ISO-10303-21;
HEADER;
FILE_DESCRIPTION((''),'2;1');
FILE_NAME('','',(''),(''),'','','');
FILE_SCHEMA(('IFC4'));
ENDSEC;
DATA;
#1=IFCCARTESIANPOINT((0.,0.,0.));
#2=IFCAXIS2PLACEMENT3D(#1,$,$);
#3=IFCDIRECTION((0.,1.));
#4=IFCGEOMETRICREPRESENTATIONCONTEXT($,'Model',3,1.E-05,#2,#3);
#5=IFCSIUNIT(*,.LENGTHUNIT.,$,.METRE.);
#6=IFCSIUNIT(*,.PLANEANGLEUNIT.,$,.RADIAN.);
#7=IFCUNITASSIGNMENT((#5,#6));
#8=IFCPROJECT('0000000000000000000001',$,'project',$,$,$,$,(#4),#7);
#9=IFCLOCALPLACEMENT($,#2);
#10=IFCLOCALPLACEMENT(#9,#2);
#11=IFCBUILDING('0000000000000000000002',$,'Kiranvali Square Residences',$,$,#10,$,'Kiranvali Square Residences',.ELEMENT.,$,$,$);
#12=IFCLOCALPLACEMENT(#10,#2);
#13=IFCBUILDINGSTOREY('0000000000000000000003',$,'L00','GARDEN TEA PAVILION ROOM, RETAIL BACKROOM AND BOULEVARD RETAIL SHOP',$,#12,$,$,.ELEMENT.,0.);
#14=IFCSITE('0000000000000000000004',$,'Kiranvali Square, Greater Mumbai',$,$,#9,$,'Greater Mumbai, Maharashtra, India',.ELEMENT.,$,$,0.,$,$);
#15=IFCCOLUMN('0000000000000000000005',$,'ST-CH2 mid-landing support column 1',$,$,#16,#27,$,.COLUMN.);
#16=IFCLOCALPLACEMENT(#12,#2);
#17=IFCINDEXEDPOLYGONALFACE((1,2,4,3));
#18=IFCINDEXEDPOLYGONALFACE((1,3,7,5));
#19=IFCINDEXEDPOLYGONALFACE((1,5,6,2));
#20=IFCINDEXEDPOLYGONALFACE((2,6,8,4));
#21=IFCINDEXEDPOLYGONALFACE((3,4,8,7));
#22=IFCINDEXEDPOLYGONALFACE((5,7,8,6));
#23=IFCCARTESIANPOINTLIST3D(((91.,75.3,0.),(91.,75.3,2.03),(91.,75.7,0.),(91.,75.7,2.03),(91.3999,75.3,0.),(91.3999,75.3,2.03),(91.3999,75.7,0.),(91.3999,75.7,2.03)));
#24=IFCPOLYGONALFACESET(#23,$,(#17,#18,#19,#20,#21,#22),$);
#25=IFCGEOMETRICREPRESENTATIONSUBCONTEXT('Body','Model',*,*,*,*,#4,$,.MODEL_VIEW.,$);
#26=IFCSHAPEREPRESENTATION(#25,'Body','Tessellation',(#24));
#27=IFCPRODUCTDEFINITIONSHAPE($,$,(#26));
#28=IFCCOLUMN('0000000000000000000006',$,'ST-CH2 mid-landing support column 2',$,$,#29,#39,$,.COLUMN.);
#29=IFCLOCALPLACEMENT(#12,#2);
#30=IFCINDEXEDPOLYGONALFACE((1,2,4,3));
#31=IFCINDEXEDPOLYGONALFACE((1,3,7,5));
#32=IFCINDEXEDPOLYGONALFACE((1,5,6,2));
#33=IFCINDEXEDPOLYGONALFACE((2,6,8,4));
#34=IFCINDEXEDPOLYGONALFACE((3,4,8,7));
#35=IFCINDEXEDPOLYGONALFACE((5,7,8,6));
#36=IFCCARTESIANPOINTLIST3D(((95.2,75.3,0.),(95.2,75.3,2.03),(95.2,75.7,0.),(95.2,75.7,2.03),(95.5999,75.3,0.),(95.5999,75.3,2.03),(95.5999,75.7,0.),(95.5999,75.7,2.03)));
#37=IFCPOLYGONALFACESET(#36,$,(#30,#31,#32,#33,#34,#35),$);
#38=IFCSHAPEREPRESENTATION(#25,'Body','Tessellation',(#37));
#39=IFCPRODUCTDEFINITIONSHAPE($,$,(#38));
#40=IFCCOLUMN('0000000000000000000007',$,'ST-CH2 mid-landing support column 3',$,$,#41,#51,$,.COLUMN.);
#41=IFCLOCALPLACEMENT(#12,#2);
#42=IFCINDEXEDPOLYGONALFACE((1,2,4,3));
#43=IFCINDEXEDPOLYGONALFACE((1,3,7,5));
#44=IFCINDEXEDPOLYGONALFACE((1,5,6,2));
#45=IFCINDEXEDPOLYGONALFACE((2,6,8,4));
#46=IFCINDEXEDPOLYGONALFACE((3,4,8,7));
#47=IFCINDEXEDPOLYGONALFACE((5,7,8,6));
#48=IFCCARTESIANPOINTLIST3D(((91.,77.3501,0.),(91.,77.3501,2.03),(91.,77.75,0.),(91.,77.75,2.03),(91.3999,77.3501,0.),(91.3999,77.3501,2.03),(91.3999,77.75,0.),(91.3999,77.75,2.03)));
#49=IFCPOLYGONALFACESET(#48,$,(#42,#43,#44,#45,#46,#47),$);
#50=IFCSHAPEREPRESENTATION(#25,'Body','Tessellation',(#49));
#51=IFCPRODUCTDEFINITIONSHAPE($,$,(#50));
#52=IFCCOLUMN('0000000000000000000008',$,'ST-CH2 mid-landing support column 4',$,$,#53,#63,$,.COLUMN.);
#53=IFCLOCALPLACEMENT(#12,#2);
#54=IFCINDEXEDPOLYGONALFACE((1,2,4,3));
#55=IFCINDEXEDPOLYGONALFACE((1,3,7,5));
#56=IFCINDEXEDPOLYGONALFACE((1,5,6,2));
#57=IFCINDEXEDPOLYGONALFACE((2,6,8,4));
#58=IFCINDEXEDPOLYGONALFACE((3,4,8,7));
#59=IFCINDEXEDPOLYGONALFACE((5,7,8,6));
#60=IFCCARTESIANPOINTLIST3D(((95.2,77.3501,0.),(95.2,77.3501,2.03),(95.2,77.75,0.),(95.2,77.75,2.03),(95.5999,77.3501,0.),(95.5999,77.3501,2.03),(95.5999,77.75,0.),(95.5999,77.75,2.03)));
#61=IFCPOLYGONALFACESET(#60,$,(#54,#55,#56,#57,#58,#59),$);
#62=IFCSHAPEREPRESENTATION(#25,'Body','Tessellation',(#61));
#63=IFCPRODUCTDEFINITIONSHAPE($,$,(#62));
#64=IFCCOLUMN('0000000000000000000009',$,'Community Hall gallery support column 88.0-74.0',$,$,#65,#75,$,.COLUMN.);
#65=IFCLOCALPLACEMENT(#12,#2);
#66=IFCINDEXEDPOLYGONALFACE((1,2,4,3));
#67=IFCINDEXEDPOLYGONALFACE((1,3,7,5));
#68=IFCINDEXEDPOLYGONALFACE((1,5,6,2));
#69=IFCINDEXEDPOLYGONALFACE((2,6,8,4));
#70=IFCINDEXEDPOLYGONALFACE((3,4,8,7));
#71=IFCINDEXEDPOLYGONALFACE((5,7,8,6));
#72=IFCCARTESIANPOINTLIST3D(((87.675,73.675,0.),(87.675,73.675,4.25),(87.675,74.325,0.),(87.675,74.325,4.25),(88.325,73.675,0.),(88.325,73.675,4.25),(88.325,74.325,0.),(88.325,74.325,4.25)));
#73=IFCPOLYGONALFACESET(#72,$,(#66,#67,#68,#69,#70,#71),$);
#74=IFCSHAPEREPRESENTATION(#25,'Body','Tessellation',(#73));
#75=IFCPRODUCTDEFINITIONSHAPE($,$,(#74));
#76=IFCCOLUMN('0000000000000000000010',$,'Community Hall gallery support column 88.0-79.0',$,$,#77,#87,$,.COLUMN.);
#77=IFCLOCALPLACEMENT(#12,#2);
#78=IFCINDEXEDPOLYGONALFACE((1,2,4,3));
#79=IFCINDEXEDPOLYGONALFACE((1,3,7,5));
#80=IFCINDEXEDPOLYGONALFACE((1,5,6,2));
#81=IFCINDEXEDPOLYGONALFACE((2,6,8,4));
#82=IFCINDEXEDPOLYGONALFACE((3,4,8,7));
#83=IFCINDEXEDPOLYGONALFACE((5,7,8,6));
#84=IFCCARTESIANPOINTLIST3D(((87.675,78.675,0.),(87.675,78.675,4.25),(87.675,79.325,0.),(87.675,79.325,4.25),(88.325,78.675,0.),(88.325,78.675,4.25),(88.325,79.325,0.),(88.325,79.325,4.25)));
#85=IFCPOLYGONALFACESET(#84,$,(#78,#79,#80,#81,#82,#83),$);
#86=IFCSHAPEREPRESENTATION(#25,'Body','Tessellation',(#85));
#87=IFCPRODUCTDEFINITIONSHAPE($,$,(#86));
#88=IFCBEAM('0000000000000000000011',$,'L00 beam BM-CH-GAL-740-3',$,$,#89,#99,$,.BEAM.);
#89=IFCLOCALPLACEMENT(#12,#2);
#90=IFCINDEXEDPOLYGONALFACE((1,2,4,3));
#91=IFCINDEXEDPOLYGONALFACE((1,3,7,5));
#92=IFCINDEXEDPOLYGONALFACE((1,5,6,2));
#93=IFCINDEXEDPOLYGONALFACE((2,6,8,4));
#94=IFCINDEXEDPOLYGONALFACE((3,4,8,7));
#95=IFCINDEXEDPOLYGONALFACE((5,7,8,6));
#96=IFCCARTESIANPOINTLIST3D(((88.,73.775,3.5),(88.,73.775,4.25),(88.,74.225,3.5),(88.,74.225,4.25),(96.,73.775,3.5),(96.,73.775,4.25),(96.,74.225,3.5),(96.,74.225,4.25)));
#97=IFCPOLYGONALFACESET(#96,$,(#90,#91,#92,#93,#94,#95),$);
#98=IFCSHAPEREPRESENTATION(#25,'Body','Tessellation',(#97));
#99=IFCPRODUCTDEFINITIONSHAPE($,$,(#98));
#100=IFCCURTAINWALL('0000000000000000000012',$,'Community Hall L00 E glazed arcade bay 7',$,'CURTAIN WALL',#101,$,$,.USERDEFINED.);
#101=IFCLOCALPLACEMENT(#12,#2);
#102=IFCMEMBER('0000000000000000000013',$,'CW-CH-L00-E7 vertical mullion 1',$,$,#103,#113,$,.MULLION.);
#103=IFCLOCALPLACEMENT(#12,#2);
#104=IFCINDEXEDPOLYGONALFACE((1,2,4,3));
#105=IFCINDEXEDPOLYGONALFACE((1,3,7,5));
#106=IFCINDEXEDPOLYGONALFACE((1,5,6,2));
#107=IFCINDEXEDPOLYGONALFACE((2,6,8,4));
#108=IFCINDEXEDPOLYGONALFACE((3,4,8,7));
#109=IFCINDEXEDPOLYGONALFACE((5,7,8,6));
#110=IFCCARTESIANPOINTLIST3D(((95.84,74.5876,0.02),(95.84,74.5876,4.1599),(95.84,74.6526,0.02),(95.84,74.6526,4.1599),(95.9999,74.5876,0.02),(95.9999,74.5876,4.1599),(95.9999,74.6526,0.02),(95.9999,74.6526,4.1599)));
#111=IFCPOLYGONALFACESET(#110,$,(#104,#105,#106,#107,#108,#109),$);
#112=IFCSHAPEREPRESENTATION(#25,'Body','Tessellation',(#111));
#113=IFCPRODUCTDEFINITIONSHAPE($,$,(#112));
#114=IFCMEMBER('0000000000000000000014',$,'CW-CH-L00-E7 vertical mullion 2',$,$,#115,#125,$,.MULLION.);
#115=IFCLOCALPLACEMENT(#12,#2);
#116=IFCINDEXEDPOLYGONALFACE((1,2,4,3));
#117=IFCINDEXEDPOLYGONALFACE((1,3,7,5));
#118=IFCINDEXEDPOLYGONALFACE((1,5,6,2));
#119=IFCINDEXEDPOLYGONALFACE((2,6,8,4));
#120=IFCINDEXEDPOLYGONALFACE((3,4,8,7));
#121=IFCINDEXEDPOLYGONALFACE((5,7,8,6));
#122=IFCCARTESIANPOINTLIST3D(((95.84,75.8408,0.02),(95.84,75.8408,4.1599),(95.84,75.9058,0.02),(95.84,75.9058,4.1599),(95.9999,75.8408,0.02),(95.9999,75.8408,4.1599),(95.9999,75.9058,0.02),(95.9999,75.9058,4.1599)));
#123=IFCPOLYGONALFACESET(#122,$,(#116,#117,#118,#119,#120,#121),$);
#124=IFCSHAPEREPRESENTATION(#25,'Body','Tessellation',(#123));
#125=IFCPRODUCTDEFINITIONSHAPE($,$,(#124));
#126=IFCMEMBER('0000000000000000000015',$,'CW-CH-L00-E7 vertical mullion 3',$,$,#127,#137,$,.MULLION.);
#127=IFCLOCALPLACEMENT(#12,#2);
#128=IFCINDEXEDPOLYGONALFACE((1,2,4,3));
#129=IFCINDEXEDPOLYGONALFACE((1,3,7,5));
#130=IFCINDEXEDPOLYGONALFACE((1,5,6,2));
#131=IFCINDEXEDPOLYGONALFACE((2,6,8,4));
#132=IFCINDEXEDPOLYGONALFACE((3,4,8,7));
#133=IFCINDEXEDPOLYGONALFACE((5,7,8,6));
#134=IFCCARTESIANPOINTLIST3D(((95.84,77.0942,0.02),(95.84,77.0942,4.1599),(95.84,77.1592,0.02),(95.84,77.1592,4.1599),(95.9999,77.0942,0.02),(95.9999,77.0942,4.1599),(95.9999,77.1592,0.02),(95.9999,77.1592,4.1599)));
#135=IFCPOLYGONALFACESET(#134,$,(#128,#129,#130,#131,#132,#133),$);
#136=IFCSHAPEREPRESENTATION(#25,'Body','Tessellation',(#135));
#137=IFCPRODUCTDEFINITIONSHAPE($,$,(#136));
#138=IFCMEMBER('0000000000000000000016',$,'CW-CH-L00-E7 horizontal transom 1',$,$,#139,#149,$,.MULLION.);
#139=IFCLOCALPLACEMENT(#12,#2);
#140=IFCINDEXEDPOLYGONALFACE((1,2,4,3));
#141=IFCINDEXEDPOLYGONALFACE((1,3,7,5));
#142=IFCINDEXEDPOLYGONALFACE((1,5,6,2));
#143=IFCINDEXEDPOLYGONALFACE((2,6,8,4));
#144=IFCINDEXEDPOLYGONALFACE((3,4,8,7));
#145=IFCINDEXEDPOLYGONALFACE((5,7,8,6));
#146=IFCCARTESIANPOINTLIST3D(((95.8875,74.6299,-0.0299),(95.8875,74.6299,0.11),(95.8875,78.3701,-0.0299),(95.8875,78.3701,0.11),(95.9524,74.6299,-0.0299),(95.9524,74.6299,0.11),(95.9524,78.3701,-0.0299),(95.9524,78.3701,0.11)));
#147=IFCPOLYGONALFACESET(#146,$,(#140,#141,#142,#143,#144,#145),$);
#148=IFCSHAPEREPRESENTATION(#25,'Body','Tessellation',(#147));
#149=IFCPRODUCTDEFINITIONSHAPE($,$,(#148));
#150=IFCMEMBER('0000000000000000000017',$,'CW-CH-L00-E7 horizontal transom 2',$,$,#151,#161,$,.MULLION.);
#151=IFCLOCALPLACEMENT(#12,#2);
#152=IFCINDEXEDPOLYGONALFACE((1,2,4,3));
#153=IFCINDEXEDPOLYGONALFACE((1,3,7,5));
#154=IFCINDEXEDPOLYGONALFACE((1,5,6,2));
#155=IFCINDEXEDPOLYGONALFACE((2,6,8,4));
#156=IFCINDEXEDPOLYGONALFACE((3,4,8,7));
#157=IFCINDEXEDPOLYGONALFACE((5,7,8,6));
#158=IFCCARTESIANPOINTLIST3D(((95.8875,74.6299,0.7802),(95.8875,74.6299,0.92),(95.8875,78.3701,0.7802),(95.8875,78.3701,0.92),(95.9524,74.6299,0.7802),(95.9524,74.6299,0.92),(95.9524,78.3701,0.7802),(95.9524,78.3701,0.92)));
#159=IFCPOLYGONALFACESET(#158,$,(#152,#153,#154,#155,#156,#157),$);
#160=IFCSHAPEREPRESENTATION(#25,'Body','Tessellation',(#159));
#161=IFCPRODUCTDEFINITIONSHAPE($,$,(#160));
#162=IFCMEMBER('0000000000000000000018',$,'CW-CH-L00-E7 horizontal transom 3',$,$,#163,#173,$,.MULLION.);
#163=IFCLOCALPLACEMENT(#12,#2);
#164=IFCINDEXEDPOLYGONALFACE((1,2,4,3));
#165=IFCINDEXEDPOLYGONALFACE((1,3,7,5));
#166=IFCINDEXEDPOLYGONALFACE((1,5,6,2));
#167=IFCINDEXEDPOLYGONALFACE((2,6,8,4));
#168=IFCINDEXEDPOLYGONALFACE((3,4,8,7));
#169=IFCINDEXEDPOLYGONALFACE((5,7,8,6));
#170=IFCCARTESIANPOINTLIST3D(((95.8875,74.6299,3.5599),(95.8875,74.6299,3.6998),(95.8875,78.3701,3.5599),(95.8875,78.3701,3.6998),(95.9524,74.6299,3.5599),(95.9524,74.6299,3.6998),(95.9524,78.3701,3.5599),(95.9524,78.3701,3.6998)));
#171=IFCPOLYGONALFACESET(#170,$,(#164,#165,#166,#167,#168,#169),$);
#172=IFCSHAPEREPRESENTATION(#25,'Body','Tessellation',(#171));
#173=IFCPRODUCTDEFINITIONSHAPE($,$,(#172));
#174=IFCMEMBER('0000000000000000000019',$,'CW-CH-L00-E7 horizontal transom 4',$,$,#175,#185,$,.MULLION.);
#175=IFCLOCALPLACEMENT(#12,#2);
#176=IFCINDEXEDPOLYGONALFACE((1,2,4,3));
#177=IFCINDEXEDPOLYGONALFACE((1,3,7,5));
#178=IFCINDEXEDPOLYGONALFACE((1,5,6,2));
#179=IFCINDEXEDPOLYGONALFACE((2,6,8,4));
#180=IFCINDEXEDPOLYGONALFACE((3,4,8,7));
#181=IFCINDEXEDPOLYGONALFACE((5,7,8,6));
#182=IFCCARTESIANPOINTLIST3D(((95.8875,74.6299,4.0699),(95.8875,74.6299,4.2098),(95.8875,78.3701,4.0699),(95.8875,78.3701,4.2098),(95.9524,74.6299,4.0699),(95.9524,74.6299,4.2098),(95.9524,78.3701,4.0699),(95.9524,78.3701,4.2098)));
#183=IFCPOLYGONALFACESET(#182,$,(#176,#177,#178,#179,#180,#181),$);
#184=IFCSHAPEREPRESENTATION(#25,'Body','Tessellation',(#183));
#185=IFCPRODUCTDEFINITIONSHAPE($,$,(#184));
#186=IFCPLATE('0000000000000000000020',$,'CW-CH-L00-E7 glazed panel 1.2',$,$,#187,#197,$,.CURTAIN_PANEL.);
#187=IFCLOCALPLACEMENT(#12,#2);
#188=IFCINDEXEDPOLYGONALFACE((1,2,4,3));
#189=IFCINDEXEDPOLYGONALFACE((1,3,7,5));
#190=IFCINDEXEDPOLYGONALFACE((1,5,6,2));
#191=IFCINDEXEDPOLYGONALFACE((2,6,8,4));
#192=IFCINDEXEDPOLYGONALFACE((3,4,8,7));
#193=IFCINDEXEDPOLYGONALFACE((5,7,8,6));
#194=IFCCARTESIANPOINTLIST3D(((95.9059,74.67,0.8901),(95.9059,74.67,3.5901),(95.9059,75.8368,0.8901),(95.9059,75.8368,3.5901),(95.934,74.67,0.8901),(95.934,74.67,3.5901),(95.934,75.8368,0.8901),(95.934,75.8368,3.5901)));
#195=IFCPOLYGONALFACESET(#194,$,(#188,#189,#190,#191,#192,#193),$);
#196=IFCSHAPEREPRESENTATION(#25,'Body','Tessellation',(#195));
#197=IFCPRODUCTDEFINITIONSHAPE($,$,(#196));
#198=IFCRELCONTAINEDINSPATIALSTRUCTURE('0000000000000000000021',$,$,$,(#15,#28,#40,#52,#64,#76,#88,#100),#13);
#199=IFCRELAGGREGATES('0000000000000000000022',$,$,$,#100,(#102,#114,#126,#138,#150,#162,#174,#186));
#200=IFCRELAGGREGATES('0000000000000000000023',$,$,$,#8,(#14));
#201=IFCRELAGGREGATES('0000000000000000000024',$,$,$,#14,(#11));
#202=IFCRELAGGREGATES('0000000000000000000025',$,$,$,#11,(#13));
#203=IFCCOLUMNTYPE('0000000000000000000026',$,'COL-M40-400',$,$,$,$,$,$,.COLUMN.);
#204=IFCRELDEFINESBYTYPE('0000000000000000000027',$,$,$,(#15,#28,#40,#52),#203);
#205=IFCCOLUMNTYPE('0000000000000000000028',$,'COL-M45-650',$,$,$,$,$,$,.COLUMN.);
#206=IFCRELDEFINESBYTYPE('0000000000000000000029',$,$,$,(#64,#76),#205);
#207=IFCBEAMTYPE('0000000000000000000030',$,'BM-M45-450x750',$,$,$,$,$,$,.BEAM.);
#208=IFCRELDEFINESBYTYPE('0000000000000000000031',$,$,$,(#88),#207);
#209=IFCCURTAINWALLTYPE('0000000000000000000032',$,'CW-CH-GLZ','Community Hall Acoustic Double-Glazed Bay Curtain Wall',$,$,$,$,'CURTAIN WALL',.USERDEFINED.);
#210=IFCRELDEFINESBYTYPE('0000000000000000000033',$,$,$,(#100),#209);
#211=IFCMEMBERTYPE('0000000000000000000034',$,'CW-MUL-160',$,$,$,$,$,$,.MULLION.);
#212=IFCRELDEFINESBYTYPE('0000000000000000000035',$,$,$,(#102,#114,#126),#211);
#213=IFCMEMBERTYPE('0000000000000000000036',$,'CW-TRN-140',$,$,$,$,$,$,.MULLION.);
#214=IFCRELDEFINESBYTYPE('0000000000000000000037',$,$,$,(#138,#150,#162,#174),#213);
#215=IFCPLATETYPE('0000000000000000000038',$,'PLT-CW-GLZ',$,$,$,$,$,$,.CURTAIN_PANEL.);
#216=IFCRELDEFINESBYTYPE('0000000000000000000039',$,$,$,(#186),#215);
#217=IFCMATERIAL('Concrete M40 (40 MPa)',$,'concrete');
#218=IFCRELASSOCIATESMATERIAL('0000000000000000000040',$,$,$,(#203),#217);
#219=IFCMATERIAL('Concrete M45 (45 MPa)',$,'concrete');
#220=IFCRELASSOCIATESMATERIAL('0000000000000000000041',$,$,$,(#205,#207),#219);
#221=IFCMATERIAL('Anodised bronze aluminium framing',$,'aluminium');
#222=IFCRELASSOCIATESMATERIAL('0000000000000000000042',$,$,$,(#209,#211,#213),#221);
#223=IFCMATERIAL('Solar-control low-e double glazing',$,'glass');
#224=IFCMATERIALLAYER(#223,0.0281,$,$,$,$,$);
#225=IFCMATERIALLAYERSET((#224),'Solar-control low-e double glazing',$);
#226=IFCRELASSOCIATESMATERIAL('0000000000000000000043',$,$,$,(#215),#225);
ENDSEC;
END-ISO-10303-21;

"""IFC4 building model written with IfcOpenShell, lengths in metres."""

from ifc_helpers import new_model, si_unit, direction, frame, origin, origin_2d, place, context, subcontext, project, spatial, rectangle, extrude, material, layer, layer_set, material_profile, profile_set, type_object, element, aggregate, save


model = new_model("IFC4")

# Units and contexts
model_context = context("Model", 3, precision=1e-05, world=origin(), true_north=direction((0.0, 1.0)))
body_context = subcontext(model_context, "Body", "Model", "MODEL_VIEW")
ifc_project = project(units=[si_unit("LENGTHUNIT", "METRE"), si_unit("PLANEANGLEUNIT", "RADIAN")], contexts=[model_context])

# Site, building, storey
site_placement = place(None, origin())
site = spatial("IfcSite", under=ifc_project, at=site_placement, Name="Kiranvali Square, Greater Mumbai", LongName="Greater Mumbai, Maharashtra, India", CompositionType="ELEMENT", RefElevation=0.0)
building_placement = place(site_placement, origin())
building = spatial("IfcBuilding", under=site, at=building_placement, Name="Kiranvali Square Residences", LongName="Kiranvali Square Residences", CompositionType="ELEMENT")
storey_placement = place(building_placement, origin())
storey = spatial("IfcBuildingStorey", under=building, at=storey_placement, Name="L00", Description="GARDEN TEA PAVILION ROOM, RETAIL BACKROOM AND BOULEVARD RETAIL SHOP", CompositionType="ELEMENT", Elevation=0.0)

# Columns
ifc_material_1 = material(Name="Concrete M40 (40 MPa)", Category="concrete")
ifc_material_profile_1 = material_profile(ifc_material_1, rectangle(XDim=0.3999, YDim=0.3999, at=origin_2d()), Name="RC 400x400")
ifc_profile_set_1 = profile_set([ifc_material_profile_1], Name="Concrete M40 (40 MPa)")
column_type_1 = type_object("IfcColumnType", Name="COL-M40-400", PredefinedType="COLUMN", material=ifc_profile_set_1)
for number, where, z_axis, x_axis, name in (
    (1, (91.2, 75.5, 0.0), (0.0, 0.0, 1.0), (1.0, 0.0, 0.0), "ST-CH2 mid-landing support column 1"),
    (2, (95.3999, 75.5, 0.0), (0.0, 0.0, 1.0), (1.0, 0.0, 0.0), "ST-CH2 mid-landing support column 2"),
    (3, (91.2, 77.55, 0.0), (0.0, 0.0, 1.0), (1.0, 0.0, 0.0), "ST-CH2 mid-landing support column 3"),
    (4, (95.3999, 77.55, 0.0), (0.0, 0.0, 1.0), (1.0, 0.0, 0.0), "ST-CH2 mid-landing support column 4"),
):
    element("IfcColumn", number, at=place(storey_placement, frame(where, z_axis=z_axis, x_axis=x_axis)), inside=storey, type_object=column_type_1, Name=name, PredefinedType="COLUMN", context=body_context, shape_type="SweptSolid", body=[
        extrude(rectangle(XDim=0.3999, YDim=0.3999, at=origin_2d()), origin(), (0.0, 0.0, 1.0), 2.03),
    ])
ifc_material_2 = material(Name="Concrete M45 (45 MPa)", Category="concrete")
ifc_material_profile_2 = material_profile(ifc_material_2, rectangle(XDim=0.6499, YDim=0.6499, at=origin_2d()), Name="RC 650x650")
ifc_profile_set_2 = profile_set([ifc_material_profile_2], Name="Concrete M45 (45 MPa)")
column_type_2 = type_object("IfcColumnType", Name="COL-M45-650", PredefinedType="COLUMN", material=ifc_profile_set_2)
for number, where, z_axis, x_axis, name in (
    (5, (88.0, 74.0, 0.0), (0.0, 0.0, 1.0), (1.0, 0.0, 0.0), "Community Hall gallery support column 88.0-74.0"),
    (6, (88.0, 79.0, 0.0), (0.0, 0.0, 1.0), (1.0, 0.0, 0.0), "Community Hall gallery support column 88.0-79.0"),
):
    element("IfcColumn", number, at=place(storey_placement, frame(where, z_axis=z_axis, x_axis=x_axis)), inside=storey, type_object=column_type_2, Name=name, PredefinedType="COLUMN", context=body_context, shape_type="SweptSolid", body=[
        extrude(rectangle(XDim=0.6499, YDim=0.6499, at=origin_2d()), origin(), (0.0, 0.0, 1.0), 4.25),
    ])

# Beam
ifc_material_profile_3 = material_profile(ifc_material_2, rectangle(XDim=0.45, YDim=0.75, at=origin_2d()), Name="RC 450x750")
ifc_profile_set_3 = profile_set([ifc_material_profile_3], Name="Concrete M45 (45 MPa)")
beam_type = type_object("IfcBeamType", Name="BM-M45-450x750", PredefinedType="BEAM", material=ifc_profile_set_3)
beam_placement = place(storey_placement, frame((88.0, 74.0, 3.875), z_axis=(1.0, 0.0, 0.0), x_axis=(0.0, 1.0, 0.0)))
element("IfcBeam", 7, at=beam_placement, inside=storey, type_object=beam_type, Name="L00 beam BM-CH-GAL-740-3", PredefinedType="BEAM", context=body_context, shape_type="SweptSolid", body=[
    extrude(rectangle(XDim=0.45, YDim=0.75, at=origin_2d()), origin(), (0.0, 0.0, 1.0), 8.0),
])

# Curtain wall, members, plate
ifc_material_3 = material(Name="Anodised bronze aluminium framing", Category="aluminium")
curtain_wall_type = type_object("IfcCurtainWallType", Name="CW-CH-GLZ", Description="Community Hall Acoustic Double-Glazed Bay Curtain Wall", ElementType="CURTAIN WALL", PredefinedType="USERDEFINED", material=ifc_material_3)
curtain_wall_placement = place(storey_placement, origin())
curtain_wall = element("IfcCurtainWall", 8, at=curtain_wall_placement, inside=storey, type_object=curtain_wall_type, Name="Community Hall L00 E glazed arcade bay 7", ObjectType="CURTAIN WALL", PredefinedType="USERDEFINED")
ifc_material_profile_4 = material_profile(ifc_material_3, rectangle(XDim=0.0649, YDim=0.1599, at=origin_2d()), Name="ALU 65x160")
ifc_profile_set_4 = profile_set([ifc_material_profile_4], Name="Anodised bronze aluminium framing")
member_type_1 = type_object("IfcMemberType", Name="CW-MUL-160", PredefinedType="MULLION", material=ifc_profile_set_4)
member_1_placement = place(storey_placement, frame((95.9199, 74.6201, 0.02), z_axis=(0.0, 0.0, 1.0), x_axis=(0.0, 1.0, 0.0)))
member_1 = element("IfcMember", 9, at=member_1_placement, type_object=member_type_1, Name="CW-CH-L00-E7 vertical mullion 1", PredefinedType="MULLION", context=body_context, shape_type="SweptSolid", body=[
    extrude(rectangle(XDim=0.0649, YDim=0.1599, at=origin_2d()), origin(), (0.0, 0.0, 1.0), 4.1399),
])
member_2_placement = place(storey_placement, frame((95.9199, 75.8733, 0.02), z_axis=(0.0, 0.0, 1.0), x_axis=(0.0, 1.0, 0.0)))
member_2 = element("IfcMember", 10, at=member_2_placement, type_object=member_type_1, Name="CW-CH-L00-E7 vertical mullion 2", PredefinedType="MULLION", context=body_context, shape_type="SweptSolid", body=[
    extrude(rectangle(XDim=0.0649, YDim=0.1599, at=origin_2d()), origin(), (0.0, 0.0, 1.0), 4.1399),
])
member_3_placement = place(storey_placement, frame((95.9199, 77.1267, 0.02), z_axis=(0.0, 0.0, 1.0), x_axis=(0.0, 1.0, 0.0)))
member_3 = element("IfcMember", 11, at=member_3_placement, type_object=member_type_1, Name="CW-CH-L00-E7 vertical mullion 3", PredefinedType="MULLION", context=body_context, shape_type="SweptSolid", body=[
    extrude(rectangle(XDim=0.0649, YDim=0.1599, at=origin_2d()), origin(), (0.0, 0.0, 1.0), 4.1399),
])
ifc_material_profile_5 = material_profile(ifc_material_3, rectangle(XDim=0.0649, YDim=0.1399, at=origin_2d()), Name="ALU 65x140")
ifc_profile_set_5 = profile_set([ifc_material_profile_5], Name="Anodised bronze aluminium framing")
member_type_2 = type_object("IfcMemberType", Name="CW-TRN-140", PredefinedType="MULLION", material=ifc_profile_set_5)
member_4_placement = place(storey_placement, frame((95.9199, 74.6299, 0.04), z_axis=(0.0, 1.0, 0.0), x_axis=(-1.0, 0.0, 0.0)))
member_4 = element("IfcMember", 12, at=member_4_placement, type_object=member_type_2, Name="CW-CH-L00-E7 horizontal transom 1", PredefinedType="MULLION", context=body_context, shape_type="SweptSolid", body=[
    extrude(rectangle(XDim=0.0649, YDim=0.1399, at=origin_2d()), origin(), (0.0, 0.0, 1.0), 3.7402),
])
member_5_placement = place(storey_placement, frame((95.9199, 74.6299, 0.8501), z_axis=(0.0, 1.0, 0.0), x_axis=(-1.0, 0.0, 0.0)))
member_5 = element("IfcMember", 13, at=member_5_placement, type_object=member_type_2, Name="CW-CH-L00-E7 horizontal transom 2", PredefinedType="MULLION", context=body_context, shape_type="SweptSolid", body=[
    extrude(rectangle(XDim=0.0649, YDim=0.1399, at=origin_2d()), origin(), (0.0, 0.0, 1.0), 3.7402),
])
member_6_placement = place(storey_placement, frame((95.9199, 74.6299, 3.6299), z_axis=(0.0, 1.0, 0.0), x_axis=(-1.0, 0.0, 0.0)))
member_6 = element("IfcMember", 14, at=member_6_placement, type_object=member_type_2, Name="CW-CH-L00-E7 horizontal transom 3", PredefinedType="MULLION", context=body_context, shape_type="SweptSolid", body=[
    extrude(rectangle(XDim=0.0649, YDim=0.1399, at=origin_2d()), origin(), (0.0, 0.0, 1.0), 3.7402),
])
member_7_placement = place(storey_placement, frame((95.9199, 74.6299, 4.1399), z_axis=(0.0, 1.0, 0.0), x_axis=(-1.0, 0.0, 0.0)))
member_7 = element("IfcMember", 15, at=member_7_placement, type_object=member_type_2, Name="CW-CH-L00-E7 horizontal transom 4", PredefinedType="MULLION", context=body_context, shape_type="SweptSolid", body=[
    extrude(rectangle(XDim=0.0649, YDim=0.1399, at=origin_2d()), origin(), (0.0, 0.0, 1.0), 3.7402),
])
ifc_material_4 = material(Name="Solar-control low-e double glazing", Category="glass")
ifc_layer_1 = layer(ifc_material_4, 0.0281)
ifc_layer_set_1 = layer_set([ifc_layer_1], Name="Solar-control low-e double glazing")
plate_type_1 = type_object("IfcPlateType", Name="PLT-CW-GLZ", PredefinedType="CURTAIN_PANEL", material=ifc_layer_set_1)
plate_1_placement = place(storey_placement, frame((95.9199, 75.2534, 0.8901), z_axis=(0.0, 0.0, 1.0), x_axis=(0.0, 1.0, 0.0)))
plate_1 = element("IfcPlate", 16, at=plate_1_placement, type_object=plate_type_1, Name="CW-CH-L00-E7 glazed panel 1.2", PredefinedType="CURTAIN_PANEL", context=body_context, shape_type="SweptSolid", body=[
    extrude(rectangle(XDim=1.1667, YDim=0.0281, at=origin_2d()), origin(), (0.0, 0.0, 1.0), 2.7),
])
aggregate(curtain_wall, [member_1, member_2, member_3, member_4, member_5, member_6, member_7, plate_1])

save(model, "model.ifc")
